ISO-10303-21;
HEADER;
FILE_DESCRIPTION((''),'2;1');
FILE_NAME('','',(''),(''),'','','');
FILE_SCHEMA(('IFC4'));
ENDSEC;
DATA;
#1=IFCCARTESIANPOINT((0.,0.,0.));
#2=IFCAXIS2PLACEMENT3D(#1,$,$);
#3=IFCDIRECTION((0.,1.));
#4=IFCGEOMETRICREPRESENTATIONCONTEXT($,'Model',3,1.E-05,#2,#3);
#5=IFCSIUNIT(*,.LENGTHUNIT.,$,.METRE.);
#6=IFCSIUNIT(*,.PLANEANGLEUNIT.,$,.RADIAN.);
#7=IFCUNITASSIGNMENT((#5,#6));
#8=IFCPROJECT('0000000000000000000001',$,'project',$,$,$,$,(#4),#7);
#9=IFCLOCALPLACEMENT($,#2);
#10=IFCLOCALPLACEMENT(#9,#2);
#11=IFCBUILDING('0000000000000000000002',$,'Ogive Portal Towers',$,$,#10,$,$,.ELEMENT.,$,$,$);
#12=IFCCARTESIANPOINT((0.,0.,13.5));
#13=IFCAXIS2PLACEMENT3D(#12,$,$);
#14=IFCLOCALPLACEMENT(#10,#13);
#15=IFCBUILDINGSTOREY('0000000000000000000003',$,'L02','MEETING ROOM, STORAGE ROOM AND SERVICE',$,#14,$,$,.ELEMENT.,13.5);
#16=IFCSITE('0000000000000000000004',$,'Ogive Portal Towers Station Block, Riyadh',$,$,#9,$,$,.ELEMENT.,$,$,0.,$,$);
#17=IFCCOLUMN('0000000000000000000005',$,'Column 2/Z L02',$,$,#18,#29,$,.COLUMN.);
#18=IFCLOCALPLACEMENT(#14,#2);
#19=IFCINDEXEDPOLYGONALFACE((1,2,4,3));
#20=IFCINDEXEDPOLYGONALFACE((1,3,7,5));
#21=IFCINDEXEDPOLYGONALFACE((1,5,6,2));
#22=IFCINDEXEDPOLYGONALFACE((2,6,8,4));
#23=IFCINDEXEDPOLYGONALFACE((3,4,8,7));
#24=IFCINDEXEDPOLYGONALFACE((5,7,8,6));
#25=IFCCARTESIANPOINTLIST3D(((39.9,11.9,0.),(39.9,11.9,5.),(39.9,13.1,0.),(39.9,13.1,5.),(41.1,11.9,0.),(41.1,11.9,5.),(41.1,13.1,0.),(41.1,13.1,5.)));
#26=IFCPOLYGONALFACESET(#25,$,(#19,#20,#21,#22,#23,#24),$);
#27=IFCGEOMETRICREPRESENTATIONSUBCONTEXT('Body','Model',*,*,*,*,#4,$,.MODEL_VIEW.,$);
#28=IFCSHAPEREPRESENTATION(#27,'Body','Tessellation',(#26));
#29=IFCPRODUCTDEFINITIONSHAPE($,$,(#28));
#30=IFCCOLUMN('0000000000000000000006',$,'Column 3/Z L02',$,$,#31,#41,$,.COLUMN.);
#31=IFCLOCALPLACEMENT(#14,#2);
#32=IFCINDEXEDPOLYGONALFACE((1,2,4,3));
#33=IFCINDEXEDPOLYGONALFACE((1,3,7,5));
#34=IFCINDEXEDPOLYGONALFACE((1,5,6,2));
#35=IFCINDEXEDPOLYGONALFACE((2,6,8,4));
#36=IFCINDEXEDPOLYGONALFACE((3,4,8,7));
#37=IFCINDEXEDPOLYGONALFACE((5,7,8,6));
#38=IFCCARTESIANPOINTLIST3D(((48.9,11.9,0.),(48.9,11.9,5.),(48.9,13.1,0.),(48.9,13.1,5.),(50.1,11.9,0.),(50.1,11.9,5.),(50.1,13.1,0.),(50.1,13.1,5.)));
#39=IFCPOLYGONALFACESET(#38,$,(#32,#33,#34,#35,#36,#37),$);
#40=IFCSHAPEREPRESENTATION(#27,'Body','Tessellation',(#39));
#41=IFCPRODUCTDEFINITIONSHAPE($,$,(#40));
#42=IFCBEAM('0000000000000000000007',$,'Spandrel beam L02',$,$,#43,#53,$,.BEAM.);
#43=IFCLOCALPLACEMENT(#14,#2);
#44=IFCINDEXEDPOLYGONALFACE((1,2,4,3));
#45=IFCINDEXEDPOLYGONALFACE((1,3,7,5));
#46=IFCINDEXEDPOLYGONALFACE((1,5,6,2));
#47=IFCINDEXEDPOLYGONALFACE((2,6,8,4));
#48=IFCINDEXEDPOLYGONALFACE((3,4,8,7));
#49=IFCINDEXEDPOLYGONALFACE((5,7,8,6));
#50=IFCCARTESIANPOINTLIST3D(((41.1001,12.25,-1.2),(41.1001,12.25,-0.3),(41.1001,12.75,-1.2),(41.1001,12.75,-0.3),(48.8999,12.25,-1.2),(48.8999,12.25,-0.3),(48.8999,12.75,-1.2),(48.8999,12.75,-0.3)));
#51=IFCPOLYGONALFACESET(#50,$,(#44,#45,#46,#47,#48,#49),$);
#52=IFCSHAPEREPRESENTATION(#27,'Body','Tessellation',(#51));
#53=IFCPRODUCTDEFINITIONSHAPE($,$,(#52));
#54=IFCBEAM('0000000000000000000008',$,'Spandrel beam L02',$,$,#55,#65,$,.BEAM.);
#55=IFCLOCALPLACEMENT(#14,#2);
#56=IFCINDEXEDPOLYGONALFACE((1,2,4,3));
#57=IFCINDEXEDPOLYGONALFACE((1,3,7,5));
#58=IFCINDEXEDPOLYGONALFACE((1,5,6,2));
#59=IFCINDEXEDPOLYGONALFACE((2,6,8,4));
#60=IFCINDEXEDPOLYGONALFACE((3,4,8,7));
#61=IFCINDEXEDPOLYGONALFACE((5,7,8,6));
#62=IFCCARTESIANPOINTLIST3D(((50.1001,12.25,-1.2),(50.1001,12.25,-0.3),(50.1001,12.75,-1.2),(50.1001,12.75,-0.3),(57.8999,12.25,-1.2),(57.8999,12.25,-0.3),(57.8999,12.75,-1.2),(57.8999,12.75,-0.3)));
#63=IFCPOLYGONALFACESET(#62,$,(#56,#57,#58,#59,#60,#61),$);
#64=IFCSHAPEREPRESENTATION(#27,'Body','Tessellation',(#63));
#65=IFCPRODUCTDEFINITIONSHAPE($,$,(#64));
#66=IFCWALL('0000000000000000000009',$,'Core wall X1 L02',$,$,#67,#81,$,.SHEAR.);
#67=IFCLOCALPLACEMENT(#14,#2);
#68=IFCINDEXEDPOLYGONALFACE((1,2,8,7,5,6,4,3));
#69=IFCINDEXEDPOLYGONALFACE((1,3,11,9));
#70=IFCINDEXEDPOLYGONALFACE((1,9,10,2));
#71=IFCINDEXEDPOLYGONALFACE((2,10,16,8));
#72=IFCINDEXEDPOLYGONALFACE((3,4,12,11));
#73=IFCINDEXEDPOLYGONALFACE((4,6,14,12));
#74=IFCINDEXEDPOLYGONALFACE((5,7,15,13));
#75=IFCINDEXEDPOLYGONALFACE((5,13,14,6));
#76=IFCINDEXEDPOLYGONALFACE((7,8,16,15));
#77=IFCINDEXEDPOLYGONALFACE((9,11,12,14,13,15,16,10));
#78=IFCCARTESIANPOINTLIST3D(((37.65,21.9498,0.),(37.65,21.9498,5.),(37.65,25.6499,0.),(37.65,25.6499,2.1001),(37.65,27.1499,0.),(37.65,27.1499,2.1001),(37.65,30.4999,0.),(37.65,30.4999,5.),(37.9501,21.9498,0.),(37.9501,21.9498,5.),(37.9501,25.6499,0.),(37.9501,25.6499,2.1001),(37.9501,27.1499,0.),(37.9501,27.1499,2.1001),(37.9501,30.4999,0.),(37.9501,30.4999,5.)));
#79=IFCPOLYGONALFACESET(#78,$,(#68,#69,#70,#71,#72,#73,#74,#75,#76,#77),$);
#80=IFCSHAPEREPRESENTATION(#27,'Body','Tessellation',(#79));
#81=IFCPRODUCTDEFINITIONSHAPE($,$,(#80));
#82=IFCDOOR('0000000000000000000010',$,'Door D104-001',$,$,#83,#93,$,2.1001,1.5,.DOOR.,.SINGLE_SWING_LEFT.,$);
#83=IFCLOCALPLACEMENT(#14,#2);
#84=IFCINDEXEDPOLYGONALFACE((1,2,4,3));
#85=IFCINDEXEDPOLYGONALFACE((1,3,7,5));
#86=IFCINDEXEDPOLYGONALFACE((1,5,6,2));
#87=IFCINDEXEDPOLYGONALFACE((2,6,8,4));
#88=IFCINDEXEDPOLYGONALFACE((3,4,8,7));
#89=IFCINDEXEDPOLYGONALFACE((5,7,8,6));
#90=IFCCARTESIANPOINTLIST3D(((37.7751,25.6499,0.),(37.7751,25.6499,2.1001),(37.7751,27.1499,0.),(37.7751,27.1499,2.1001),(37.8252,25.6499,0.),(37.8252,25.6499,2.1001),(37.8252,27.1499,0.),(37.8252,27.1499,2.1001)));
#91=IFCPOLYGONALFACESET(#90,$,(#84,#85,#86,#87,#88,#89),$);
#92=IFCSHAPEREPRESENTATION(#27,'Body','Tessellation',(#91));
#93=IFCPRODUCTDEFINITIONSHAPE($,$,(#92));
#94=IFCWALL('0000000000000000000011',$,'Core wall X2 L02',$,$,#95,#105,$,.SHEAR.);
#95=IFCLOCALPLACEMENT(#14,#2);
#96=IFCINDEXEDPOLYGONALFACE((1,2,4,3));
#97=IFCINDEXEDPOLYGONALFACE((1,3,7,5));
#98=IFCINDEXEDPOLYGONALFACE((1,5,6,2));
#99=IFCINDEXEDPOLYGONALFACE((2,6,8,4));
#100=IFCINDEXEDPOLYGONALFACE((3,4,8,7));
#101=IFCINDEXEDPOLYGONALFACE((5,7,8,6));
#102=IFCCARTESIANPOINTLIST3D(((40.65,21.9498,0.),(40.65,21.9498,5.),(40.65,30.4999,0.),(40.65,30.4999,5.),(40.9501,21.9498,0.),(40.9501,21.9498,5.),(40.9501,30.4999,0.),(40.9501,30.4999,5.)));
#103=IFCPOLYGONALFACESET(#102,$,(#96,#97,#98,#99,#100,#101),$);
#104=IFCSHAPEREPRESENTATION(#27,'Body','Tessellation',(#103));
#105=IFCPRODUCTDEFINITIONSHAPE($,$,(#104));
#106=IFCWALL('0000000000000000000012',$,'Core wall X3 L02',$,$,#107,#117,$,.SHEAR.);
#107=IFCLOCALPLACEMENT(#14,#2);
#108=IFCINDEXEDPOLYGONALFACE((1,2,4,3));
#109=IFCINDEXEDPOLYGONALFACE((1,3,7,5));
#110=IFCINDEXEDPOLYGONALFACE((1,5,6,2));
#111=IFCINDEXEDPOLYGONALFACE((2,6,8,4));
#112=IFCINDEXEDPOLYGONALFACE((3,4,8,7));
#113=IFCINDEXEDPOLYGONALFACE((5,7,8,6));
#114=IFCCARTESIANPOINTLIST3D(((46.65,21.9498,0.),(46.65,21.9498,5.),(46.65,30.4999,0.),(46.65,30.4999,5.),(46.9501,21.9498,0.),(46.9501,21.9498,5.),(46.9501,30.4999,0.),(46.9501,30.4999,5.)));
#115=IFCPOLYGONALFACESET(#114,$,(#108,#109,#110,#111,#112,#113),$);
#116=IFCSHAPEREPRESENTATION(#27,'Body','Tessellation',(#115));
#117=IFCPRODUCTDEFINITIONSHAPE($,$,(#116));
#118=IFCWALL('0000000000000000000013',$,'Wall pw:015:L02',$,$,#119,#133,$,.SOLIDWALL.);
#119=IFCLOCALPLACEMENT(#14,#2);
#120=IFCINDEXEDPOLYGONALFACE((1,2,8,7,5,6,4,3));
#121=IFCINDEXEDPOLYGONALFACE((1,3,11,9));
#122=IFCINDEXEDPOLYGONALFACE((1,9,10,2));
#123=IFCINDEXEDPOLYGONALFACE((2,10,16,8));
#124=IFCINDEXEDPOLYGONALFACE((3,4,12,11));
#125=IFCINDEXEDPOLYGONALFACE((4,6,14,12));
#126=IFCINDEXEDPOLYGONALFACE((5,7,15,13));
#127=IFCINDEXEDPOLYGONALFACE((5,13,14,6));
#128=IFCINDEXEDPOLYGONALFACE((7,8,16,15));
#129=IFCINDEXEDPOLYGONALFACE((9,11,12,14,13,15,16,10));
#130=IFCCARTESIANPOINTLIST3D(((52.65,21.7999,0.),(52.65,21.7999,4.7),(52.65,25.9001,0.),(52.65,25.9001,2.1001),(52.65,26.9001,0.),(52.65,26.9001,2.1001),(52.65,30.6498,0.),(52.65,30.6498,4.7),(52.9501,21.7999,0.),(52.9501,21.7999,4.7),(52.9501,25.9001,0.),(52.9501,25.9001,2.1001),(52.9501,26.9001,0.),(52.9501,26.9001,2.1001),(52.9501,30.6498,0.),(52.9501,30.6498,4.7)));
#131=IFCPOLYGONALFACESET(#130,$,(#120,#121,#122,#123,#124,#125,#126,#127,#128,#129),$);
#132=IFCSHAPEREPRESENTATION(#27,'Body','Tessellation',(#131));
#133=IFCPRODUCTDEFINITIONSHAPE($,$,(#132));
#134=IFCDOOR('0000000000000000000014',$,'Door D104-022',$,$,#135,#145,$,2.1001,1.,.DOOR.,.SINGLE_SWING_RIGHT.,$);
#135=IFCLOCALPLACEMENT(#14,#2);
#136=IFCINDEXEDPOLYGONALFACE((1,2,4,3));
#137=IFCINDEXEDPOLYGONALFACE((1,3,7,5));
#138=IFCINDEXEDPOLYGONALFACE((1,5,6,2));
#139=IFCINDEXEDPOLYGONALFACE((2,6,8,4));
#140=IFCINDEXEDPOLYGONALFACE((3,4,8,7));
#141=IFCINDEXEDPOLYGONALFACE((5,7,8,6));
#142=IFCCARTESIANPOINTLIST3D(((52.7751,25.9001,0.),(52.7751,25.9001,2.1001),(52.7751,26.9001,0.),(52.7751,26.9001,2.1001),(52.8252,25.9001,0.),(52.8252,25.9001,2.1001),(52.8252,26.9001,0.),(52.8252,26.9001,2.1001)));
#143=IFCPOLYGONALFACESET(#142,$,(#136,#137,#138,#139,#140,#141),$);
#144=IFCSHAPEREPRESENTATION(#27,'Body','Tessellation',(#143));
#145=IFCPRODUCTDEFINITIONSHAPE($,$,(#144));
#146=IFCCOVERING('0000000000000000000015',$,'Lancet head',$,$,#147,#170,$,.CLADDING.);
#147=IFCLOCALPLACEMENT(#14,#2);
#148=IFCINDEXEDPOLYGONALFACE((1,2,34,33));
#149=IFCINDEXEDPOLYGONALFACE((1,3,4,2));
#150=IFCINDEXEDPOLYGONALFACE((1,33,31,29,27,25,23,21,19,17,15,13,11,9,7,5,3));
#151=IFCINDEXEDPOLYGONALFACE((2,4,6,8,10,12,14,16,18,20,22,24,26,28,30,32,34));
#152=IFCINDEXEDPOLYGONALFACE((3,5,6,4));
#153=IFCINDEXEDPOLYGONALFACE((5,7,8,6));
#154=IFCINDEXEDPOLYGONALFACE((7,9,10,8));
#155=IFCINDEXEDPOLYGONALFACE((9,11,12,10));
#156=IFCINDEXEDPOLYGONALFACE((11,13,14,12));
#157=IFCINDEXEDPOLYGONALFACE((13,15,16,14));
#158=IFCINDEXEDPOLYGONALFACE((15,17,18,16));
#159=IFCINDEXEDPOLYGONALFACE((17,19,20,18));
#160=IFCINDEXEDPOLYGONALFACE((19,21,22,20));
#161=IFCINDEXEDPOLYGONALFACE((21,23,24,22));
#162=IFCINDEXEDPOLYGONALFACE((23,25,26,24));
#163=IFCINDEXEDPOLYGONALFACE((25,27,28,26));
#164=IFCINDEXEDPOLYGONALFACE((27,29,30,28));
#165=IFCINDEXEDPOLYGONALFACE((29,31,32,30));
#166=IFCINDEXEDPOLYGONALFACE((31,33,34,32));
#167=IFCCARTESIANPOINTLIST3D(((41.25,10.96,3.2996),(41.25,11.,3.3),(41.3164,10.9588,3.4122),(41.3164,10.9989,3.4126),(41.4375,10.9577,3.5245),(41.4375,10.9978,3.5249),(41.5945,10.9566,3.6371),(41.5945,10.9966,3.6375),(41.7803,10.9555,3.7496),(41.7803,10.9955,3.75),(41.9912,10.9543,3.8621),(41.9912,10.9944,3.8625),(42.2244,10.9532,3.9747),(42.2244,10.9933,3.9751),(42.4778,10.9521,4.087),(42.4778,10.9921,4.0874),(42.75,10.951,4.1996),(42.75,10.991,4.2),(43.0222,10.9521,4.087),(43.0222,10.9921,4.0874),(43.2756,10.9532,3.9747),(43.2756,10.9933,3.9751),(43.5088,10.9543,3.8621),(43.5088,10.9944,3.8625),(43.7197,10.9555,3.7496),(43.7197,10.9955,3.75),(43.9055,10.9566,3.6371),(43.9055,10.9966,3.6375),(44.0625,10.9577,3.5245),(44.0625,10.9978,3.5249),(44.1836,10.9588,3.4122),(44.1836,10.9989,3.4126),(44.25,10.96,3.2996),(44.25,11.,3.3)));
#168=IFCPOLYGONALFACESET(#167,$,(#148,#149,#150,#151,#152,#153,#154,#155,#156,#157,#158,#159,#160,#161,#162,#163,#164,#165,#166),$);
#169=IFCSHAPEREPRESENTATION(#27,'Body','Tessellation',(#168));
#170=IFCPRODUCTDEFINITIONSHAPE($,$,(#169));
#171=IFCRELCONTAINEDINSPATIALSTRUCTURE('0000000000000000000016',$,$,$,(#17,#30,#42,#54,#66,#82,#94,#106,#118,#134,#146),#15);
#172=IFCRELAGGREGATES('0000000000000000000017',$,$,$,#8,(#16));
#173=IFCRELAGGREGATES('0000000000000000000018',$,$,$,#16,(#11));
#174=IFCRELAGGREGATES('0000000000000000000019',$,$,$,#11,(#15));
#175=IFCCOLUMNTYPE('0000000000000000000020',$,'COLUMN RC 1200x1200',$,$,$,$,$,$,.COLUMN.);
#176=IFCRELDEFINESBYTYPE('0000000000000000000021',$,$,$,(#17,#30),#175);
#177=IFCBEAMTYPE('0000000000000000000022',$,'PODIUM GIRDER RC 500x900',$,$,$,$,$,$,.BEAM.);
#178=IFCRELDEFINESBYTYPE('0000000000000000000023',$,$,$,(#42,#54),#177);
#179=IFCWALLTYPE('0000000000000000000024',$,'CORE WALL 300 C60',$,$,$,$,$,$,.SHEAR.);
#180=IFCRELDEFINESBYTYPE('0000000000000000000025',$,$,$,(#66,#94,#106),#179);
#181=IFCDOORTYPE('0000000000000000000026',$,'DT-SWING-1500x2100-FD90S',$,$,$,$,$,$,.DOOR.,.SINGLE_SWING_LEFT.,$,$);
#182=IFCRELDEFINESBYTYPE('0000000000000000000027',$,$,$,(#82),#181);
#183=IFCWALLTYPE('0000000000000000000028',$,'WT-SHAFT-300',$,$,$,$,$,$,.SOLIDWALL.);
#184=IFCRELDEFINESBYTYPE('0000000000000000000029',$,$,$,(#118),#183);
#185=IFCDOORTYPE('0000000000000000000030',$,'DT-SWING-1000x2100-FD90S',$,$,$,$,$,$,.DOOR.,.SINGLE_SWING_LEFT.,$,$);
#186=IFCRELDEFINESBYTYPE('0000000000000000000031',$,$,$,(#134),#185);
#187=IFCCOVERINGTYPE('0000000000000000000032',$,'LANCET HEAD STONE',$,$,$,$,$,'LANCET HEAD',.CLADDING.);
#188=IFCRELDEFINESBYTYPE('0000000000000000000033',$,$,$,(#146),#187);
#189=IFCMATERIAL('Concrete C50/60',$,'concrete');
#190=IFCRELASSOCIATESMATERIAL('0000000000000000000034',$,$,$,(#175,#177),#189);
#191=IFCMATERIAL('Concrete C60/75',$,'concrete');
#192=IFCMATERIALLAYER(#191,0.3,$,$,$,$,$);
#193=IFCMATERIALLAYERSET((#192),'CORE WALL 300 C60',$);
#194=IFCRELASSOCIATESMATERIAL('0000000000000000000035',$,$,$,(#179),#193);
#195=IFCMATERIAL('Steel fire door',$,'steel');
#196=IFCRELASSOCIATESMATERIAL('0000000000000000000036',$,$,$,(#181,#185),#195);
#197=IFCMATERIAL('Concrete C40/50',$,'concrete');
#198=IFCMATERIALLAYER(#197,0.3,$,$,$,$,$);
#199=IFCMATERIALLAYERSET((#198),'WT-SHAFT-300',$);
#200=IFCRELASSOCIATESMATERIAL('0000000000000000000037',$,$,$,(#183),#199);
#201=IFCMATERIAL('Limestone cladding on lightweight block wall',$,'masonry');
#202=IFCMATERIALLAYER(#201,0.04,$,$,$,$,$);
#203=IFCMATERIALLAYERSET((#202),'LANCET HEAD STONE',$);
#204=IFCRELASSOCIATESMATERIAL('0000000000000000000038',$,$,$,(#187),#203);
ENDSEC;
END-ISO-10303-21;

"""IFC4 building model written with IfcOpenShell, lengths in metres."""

from ifc_helpers import new_model, si_unit, direction, frame, frame_2d, origin, origin_2d, place, context, subcontext, project, spatial, polyline, rectangle, outline, extrude, material, layer, layer_set, material_profile, profile_set, type_object, element, fill, save


model = new_model("IFC4")

# Units and contexts
model_context = context("Model", 3, precision=1e-05, world=origin(), true_north=direction((0.0, 1.0)))
body_context = subcontext(model_context, "Body", "Model", "MODEL_VIEW")
ifc_project = project(units=[si_unit("LENGTHUNIT", "METRE"), si_unit("PLANEANGLEUNIT", "RADIAN")], contexts=[model_context])

# Site, building, storey
site_placement = place(None, origin())
site = spatial("IfcSite", under=ifc_project, at=site_placement, Name="Ogive Portal Towers Station Block, Riyadh", CompositionType="ELEMENT", RefElevation=0.0)
building_placement = place(site_placement, origin())
building = spatial("IfcBuilding", under=site, at=building_placement, Name="Ogive Portal Towers", CompositionType="ELEMENT")
storey_placement = place(building_placement, frame((0.0, 0.0, 13.5)))
storey = spatial("IfcBuildingStorey", under=building, at=storey_placement, Name="L02", Description="MEETING ROOM, STORAGE ROOM AND SERVICE", CompositionType="ELEMENT", Elevation=13.5)

# Columns
ifc_material_1 = material(Name="Concrete C50/60", Category="concrete")
ifc_material_profile_1 = material_profile(ifc_material_1, rectangle(XDim=1.2, YDim=1.2, at=origin_2d()), Name="RC 1200x1200")
ifc_profile_set_1 = profile_set([ifc_material_profile_1], Name="Concrete C50/60")
column_type = type_object("IfcColumnType", Name="COLUMN RC 1200x1200", PredefinedType="COLUMN", material=ifc_profile_set_1)
for number, where, z_axis, x_axis, name in (
    (1, (40.5, 12.5, 0.0), (0.0, 0.0, 1.0), (1.0, 0.0, 0.0), "Column 2/Z L02"),
    (2, (49.5, 12.5, 0.0), (0.0, 0.0, 1.0), (1.0, 0.0, 0.0), "Column 3/Z L02"),
):
    element("IfcColumn", number, at=place(storey_placement, frame(where, z_axis=z_axis, x_axis=x_axis)), inside=storey, type_object=column_type, Name=name, PredefinedType="COLUMN", context=body_context, shape_type="SweptSolid", body=[
        extrude(rectangle(XDim=1.2, YDim=1.2, at=origin_2d()), origin(), (0.0, 0.0, 1.0), 5.0),
    ])

# Beams
ifc_material_profile_2 = material_profile(ifc_material_1, rectangle(XDim=0.5, YDim=0.8999, at=origin_2d()), Name="RC 500x900")
ifc_profile_set_2 = profile_set([ifc_material_profile_2], Name="Concrete C50/60")
beam_type = type_object("IfcBeamType", Name="PODIUM GIRDER RC 500x900", PredefinedType="BEAM", material=ifc_profile_set_2)
for number, where, z_axis, x_axis, name in (
    (3, (41.1001, 12.5, -0.75), (1.0, 0.0, 0.0), (0.0, 1.0, 0.0), "Spandrel beam L02"),
    (4, (50.1001, 12.5, -0.75), (1.0, 0.0, 0.0), (0.0, 1.0, 0.0), "Spandrel beam L02"),
):
    element("IfcBeam", number, at=place(storey_placement, frame(where, z_axis=z_axis, x_axis=x_axis)), inside=storey, type_object=beam_type, Name=name, PredefinedType="BEAM", context=body_context, shape_type="SweptSolid", body=[
        extrude(rectangle(XDim=0.5, YDim=0.8999, at=origin_2d()), origin(), (0.0, 0.0, 1.0), 7.7998),
    ])

# Wall, opening, door
ifc_material_2 = material(Name="Concrete C60/75", Category="concrete")
ifc_layer_1 = layer(ifc_material_2, 0.3)
ifc_layer_set_1 = layer_set([ifc_layer_1], Name="CORE WALL 300 C60")
wall_type_1 = type_object("IfcWallType", Name="CORE WALL 300 C60", PredefinedType="SHEAR", material=ifc_layer_set_1)
wall_1_placement = place(storey_placement, frame((37.8, 21.95, 0.0), z_axis=(0.0, 0.0, 1.0), x_axis=(0.0, 1.0, 0.0)))
wall_1 = element("IfcWall", 5, at=wall_1_placement, inside=storey, type_object=wall_type_1, Name="Core wall X1 L02", PredefinedType="SHEAR", context=body_context, shape_type="SweptSolid", body=[
    extrude(rectangle(XDim=8.55, YDim=0.3, at=frame_2d((4.2749, 0.0))), origin(), (0.0, 0.0, 1.0), 5.0),
])
opening_1_placement = place(wall_1_placement, frame((3.7, 0.0, 0.0)))
opening_1 = element("IfcOpeningElement", 6, at=opening_1_placement, cuts=wall_1, PredefinedType="OPENING", context=body_context, shape_type="SweptSolid", body=[
    extrude(rectangle(XDim=1.5, YDim=2.1001, at=frame_2d((0.75, 1.05))), frame((0.0, 0.1602, 0.0), z_axis=(0.0, -1.0, 0.0), x_axis=(1.0, 0.0, 0.0)), (0.0, 0.0, 1.0), 0.3201),
])
ifc_material_3 = material(Name="Steel fire door", Category="steel")
door_type_1 = type_object("IfcDoorType", Name="DT-SWING-1500x2100-FD90S", OperationType="SINGLE_SWING_LEFT", PredefinedType="DOOR", material=ifc_material_3)
door_1_placement = place(opening_1_placement, origin())
door_1 = element("IfcDoor", 7, at=door_1_placement, inside=storey, type_object=door_type_1, Name="Door D104-001", OperationType="SINGLE_SWING_LEFT", OverallHeight=2.1001, OverallWidth=1.5, PredefinedType="DOOR", context=body_context, shape_type="SweptSolid", body=[
    extrude(rectangle(XDim=1.5, YDim=2.1001, at=frame_2d((0.75, 1.05))), frame((0.0, 0.0249, 0.0), z_axis=(0.0, -1.0, 0.0), x_axis=(1.0, 0.0, 0.0)), (0.0, 0.0, 1.0), 0.05),
])
fill(opening_1, door_1)

# Walls
for number, where, z_axis, x_axis, name in (
    (8, (40.8, 21.95, 0.0), (0.0, 0.0, 1.0), (0.0, 1.0, 0.0), "Core wall X2 L02"),
    (9, (46.8, 21.95, 0.0), (0.0, 0.0, 1.0), (0.0, 1.0, 0.0), "Core wall X3 L02"),
):
    element("IfcWall", number, at=place(storey_placement, frame(where, z_axis=z_axis, x_axis=x_axis)), inside=storey, type_object=wall_type_1, Name=name, PredefinedType="SHEAR", context=body_context, shape_type="SweptSolid", body=[
        extrude(rectangle(XDim=8.55, YDim=0.3, at=frame_2d((4.2749, 0.0))), origin(), (0.0, 0.0, 1.0), 5.0),
    ])

# Wall, opening, door
ifc_material_4 = material(Name="Concrete C40/50", Category="concrete")
ifc_layer_2 = layer(ifc_material_4, 0.3)
ifc_layer_set_2 = layer_set([ifc_layer_2], Name="WT-SHAFT-300")
wall_type_2 = type_object("IfcWallType", Name="WT-SHAFT-300", PredefinedType="SOLIDWALL", material=ifc_layer_set_2)
wall_2_placement = place(storey_placement, frame((52.8, 21.8, 0.0), z_axis=(0.0, 0.0, 1.0), x_axis=(0.0, 1.0, 0.0)))
wall_2 = element("IfcWall", 10, at=wall_2_placement, inside=storey, type_object=wall_type_2, Name="Wall pw:015:L02", PredefinedType="SOLIDWALL", context=body_context, shape_type="SweptSolid", body=[
    extrude(rectangle(XDim=8.8499, YDim=0.3, at=frame_2d((4.4248, 0.0))), origin(), (0.0, 0.0, 1.0), 4.7),
])
opening_2_placement = place(wall_2_placement, frame((4.1001, 0.0, 0.0)))
opening_2 = element("IfcOpeningElement", 11, at=opening_2_placement, cuts=wall_2, PredefinedType="OPENING", context=body_context, shape_type="SweptSolid", body=[
    extrude(rectangle(XDim=1.0, YDim=2.1001, at=frame_2d((0.5, 1.05))), frame((0.0, 0.1602, 0.0), z_axis=(0.0, -1.0, 0.0), x_axis=(1.0, 0.0, 0.0)), (0.0, 0.0, 1.0), 0.3201),
])
door_type_2 = type_object("IfcDoorType", Name="DT-SWING-1000x2100-FD90S", OperationType="SINGLE_SWING_LEFT", PredefinedType="DOOR", material=ifc_material_3)
door_2_placement = place(opening_2_placement, origin())
door_2 = element("IfcDoor", 12, at=door_2_placement, inside=storey, type_object=door_type_2, Name="Door D104-022", OperationType="SINGLE_SWING_RIGHT", OverallHeight=2.1001, OverallWidth=1.0, PredefinedType="DOOR", context=body_context, shape_type="SweptSolid", body=[
    extrude(rectangle(XDim=1.0, YDim=2.1001, at=frame_2d((0.5, 1.05))), frame((0.0, 0.0249, 0.0), z_axis=(0.0, -1.0, 0.0), x_axis=(1.0, 0.0, 0.0)), (0.0, 0.0, 1.0), 0.05),
])
fill(opening_2, door_2)

# Covering
ifc_material_5 = material(Name="Limestone cladding on lightweight block wall", Category="masonry")
ifc_layer_3 = layer(ifc_material_5, 0.04)
ifc_layer_set_3 = layer_set([ifc_layer_3], Name="LANCET HEAD STONE")
covering_type_1 = type_object("IfcCoveringType", Name="LANCET HEAD STONE", ElementType="LANCET HEAD", PredefinedType="CLADDING", material=ifc_layer_set_3)
for number, where, z_axis, x_axis, name in (
    (13, (41.25, 11.0, 3.3), (0.0, 0.99995, 0.009994), (1.0, 0.0, 0.0), "Lancet head"),
):
    element("IfcCovering", number, at=place(storey_placement, frame(where, z_axis=z_axis, x_axis=x_axis)), inside=storey, type_object=covering_type_1, Name=name, PredefinedType="CLADDING", context=body_context, shape_type="SweptSolid", body=[
        extrude(outline(polyline([(0.0, 0.0), (3.0, 0.0), (2.9336, -0.1126), (2.8125, -0.2249), (2.6555, -0.3374), (2.4697, -0.45), (2.2588, -0.5625), (2.0256, -0.6751), (1.7722, -0.7874), (1.5, -0.8999), (1.2278, -0.7874), (0.9744, -0.6751), (0.7412, -0.5625), (0.5303, -0.45), (0.3445, -0.3374), (0.1875, -0.2249), (0.0664, -0.1126), (0.0, 0.0)])), origin(), (0.0, 0.0, -1.0), 0.04),
    ])

save(model, "model.ifc")
